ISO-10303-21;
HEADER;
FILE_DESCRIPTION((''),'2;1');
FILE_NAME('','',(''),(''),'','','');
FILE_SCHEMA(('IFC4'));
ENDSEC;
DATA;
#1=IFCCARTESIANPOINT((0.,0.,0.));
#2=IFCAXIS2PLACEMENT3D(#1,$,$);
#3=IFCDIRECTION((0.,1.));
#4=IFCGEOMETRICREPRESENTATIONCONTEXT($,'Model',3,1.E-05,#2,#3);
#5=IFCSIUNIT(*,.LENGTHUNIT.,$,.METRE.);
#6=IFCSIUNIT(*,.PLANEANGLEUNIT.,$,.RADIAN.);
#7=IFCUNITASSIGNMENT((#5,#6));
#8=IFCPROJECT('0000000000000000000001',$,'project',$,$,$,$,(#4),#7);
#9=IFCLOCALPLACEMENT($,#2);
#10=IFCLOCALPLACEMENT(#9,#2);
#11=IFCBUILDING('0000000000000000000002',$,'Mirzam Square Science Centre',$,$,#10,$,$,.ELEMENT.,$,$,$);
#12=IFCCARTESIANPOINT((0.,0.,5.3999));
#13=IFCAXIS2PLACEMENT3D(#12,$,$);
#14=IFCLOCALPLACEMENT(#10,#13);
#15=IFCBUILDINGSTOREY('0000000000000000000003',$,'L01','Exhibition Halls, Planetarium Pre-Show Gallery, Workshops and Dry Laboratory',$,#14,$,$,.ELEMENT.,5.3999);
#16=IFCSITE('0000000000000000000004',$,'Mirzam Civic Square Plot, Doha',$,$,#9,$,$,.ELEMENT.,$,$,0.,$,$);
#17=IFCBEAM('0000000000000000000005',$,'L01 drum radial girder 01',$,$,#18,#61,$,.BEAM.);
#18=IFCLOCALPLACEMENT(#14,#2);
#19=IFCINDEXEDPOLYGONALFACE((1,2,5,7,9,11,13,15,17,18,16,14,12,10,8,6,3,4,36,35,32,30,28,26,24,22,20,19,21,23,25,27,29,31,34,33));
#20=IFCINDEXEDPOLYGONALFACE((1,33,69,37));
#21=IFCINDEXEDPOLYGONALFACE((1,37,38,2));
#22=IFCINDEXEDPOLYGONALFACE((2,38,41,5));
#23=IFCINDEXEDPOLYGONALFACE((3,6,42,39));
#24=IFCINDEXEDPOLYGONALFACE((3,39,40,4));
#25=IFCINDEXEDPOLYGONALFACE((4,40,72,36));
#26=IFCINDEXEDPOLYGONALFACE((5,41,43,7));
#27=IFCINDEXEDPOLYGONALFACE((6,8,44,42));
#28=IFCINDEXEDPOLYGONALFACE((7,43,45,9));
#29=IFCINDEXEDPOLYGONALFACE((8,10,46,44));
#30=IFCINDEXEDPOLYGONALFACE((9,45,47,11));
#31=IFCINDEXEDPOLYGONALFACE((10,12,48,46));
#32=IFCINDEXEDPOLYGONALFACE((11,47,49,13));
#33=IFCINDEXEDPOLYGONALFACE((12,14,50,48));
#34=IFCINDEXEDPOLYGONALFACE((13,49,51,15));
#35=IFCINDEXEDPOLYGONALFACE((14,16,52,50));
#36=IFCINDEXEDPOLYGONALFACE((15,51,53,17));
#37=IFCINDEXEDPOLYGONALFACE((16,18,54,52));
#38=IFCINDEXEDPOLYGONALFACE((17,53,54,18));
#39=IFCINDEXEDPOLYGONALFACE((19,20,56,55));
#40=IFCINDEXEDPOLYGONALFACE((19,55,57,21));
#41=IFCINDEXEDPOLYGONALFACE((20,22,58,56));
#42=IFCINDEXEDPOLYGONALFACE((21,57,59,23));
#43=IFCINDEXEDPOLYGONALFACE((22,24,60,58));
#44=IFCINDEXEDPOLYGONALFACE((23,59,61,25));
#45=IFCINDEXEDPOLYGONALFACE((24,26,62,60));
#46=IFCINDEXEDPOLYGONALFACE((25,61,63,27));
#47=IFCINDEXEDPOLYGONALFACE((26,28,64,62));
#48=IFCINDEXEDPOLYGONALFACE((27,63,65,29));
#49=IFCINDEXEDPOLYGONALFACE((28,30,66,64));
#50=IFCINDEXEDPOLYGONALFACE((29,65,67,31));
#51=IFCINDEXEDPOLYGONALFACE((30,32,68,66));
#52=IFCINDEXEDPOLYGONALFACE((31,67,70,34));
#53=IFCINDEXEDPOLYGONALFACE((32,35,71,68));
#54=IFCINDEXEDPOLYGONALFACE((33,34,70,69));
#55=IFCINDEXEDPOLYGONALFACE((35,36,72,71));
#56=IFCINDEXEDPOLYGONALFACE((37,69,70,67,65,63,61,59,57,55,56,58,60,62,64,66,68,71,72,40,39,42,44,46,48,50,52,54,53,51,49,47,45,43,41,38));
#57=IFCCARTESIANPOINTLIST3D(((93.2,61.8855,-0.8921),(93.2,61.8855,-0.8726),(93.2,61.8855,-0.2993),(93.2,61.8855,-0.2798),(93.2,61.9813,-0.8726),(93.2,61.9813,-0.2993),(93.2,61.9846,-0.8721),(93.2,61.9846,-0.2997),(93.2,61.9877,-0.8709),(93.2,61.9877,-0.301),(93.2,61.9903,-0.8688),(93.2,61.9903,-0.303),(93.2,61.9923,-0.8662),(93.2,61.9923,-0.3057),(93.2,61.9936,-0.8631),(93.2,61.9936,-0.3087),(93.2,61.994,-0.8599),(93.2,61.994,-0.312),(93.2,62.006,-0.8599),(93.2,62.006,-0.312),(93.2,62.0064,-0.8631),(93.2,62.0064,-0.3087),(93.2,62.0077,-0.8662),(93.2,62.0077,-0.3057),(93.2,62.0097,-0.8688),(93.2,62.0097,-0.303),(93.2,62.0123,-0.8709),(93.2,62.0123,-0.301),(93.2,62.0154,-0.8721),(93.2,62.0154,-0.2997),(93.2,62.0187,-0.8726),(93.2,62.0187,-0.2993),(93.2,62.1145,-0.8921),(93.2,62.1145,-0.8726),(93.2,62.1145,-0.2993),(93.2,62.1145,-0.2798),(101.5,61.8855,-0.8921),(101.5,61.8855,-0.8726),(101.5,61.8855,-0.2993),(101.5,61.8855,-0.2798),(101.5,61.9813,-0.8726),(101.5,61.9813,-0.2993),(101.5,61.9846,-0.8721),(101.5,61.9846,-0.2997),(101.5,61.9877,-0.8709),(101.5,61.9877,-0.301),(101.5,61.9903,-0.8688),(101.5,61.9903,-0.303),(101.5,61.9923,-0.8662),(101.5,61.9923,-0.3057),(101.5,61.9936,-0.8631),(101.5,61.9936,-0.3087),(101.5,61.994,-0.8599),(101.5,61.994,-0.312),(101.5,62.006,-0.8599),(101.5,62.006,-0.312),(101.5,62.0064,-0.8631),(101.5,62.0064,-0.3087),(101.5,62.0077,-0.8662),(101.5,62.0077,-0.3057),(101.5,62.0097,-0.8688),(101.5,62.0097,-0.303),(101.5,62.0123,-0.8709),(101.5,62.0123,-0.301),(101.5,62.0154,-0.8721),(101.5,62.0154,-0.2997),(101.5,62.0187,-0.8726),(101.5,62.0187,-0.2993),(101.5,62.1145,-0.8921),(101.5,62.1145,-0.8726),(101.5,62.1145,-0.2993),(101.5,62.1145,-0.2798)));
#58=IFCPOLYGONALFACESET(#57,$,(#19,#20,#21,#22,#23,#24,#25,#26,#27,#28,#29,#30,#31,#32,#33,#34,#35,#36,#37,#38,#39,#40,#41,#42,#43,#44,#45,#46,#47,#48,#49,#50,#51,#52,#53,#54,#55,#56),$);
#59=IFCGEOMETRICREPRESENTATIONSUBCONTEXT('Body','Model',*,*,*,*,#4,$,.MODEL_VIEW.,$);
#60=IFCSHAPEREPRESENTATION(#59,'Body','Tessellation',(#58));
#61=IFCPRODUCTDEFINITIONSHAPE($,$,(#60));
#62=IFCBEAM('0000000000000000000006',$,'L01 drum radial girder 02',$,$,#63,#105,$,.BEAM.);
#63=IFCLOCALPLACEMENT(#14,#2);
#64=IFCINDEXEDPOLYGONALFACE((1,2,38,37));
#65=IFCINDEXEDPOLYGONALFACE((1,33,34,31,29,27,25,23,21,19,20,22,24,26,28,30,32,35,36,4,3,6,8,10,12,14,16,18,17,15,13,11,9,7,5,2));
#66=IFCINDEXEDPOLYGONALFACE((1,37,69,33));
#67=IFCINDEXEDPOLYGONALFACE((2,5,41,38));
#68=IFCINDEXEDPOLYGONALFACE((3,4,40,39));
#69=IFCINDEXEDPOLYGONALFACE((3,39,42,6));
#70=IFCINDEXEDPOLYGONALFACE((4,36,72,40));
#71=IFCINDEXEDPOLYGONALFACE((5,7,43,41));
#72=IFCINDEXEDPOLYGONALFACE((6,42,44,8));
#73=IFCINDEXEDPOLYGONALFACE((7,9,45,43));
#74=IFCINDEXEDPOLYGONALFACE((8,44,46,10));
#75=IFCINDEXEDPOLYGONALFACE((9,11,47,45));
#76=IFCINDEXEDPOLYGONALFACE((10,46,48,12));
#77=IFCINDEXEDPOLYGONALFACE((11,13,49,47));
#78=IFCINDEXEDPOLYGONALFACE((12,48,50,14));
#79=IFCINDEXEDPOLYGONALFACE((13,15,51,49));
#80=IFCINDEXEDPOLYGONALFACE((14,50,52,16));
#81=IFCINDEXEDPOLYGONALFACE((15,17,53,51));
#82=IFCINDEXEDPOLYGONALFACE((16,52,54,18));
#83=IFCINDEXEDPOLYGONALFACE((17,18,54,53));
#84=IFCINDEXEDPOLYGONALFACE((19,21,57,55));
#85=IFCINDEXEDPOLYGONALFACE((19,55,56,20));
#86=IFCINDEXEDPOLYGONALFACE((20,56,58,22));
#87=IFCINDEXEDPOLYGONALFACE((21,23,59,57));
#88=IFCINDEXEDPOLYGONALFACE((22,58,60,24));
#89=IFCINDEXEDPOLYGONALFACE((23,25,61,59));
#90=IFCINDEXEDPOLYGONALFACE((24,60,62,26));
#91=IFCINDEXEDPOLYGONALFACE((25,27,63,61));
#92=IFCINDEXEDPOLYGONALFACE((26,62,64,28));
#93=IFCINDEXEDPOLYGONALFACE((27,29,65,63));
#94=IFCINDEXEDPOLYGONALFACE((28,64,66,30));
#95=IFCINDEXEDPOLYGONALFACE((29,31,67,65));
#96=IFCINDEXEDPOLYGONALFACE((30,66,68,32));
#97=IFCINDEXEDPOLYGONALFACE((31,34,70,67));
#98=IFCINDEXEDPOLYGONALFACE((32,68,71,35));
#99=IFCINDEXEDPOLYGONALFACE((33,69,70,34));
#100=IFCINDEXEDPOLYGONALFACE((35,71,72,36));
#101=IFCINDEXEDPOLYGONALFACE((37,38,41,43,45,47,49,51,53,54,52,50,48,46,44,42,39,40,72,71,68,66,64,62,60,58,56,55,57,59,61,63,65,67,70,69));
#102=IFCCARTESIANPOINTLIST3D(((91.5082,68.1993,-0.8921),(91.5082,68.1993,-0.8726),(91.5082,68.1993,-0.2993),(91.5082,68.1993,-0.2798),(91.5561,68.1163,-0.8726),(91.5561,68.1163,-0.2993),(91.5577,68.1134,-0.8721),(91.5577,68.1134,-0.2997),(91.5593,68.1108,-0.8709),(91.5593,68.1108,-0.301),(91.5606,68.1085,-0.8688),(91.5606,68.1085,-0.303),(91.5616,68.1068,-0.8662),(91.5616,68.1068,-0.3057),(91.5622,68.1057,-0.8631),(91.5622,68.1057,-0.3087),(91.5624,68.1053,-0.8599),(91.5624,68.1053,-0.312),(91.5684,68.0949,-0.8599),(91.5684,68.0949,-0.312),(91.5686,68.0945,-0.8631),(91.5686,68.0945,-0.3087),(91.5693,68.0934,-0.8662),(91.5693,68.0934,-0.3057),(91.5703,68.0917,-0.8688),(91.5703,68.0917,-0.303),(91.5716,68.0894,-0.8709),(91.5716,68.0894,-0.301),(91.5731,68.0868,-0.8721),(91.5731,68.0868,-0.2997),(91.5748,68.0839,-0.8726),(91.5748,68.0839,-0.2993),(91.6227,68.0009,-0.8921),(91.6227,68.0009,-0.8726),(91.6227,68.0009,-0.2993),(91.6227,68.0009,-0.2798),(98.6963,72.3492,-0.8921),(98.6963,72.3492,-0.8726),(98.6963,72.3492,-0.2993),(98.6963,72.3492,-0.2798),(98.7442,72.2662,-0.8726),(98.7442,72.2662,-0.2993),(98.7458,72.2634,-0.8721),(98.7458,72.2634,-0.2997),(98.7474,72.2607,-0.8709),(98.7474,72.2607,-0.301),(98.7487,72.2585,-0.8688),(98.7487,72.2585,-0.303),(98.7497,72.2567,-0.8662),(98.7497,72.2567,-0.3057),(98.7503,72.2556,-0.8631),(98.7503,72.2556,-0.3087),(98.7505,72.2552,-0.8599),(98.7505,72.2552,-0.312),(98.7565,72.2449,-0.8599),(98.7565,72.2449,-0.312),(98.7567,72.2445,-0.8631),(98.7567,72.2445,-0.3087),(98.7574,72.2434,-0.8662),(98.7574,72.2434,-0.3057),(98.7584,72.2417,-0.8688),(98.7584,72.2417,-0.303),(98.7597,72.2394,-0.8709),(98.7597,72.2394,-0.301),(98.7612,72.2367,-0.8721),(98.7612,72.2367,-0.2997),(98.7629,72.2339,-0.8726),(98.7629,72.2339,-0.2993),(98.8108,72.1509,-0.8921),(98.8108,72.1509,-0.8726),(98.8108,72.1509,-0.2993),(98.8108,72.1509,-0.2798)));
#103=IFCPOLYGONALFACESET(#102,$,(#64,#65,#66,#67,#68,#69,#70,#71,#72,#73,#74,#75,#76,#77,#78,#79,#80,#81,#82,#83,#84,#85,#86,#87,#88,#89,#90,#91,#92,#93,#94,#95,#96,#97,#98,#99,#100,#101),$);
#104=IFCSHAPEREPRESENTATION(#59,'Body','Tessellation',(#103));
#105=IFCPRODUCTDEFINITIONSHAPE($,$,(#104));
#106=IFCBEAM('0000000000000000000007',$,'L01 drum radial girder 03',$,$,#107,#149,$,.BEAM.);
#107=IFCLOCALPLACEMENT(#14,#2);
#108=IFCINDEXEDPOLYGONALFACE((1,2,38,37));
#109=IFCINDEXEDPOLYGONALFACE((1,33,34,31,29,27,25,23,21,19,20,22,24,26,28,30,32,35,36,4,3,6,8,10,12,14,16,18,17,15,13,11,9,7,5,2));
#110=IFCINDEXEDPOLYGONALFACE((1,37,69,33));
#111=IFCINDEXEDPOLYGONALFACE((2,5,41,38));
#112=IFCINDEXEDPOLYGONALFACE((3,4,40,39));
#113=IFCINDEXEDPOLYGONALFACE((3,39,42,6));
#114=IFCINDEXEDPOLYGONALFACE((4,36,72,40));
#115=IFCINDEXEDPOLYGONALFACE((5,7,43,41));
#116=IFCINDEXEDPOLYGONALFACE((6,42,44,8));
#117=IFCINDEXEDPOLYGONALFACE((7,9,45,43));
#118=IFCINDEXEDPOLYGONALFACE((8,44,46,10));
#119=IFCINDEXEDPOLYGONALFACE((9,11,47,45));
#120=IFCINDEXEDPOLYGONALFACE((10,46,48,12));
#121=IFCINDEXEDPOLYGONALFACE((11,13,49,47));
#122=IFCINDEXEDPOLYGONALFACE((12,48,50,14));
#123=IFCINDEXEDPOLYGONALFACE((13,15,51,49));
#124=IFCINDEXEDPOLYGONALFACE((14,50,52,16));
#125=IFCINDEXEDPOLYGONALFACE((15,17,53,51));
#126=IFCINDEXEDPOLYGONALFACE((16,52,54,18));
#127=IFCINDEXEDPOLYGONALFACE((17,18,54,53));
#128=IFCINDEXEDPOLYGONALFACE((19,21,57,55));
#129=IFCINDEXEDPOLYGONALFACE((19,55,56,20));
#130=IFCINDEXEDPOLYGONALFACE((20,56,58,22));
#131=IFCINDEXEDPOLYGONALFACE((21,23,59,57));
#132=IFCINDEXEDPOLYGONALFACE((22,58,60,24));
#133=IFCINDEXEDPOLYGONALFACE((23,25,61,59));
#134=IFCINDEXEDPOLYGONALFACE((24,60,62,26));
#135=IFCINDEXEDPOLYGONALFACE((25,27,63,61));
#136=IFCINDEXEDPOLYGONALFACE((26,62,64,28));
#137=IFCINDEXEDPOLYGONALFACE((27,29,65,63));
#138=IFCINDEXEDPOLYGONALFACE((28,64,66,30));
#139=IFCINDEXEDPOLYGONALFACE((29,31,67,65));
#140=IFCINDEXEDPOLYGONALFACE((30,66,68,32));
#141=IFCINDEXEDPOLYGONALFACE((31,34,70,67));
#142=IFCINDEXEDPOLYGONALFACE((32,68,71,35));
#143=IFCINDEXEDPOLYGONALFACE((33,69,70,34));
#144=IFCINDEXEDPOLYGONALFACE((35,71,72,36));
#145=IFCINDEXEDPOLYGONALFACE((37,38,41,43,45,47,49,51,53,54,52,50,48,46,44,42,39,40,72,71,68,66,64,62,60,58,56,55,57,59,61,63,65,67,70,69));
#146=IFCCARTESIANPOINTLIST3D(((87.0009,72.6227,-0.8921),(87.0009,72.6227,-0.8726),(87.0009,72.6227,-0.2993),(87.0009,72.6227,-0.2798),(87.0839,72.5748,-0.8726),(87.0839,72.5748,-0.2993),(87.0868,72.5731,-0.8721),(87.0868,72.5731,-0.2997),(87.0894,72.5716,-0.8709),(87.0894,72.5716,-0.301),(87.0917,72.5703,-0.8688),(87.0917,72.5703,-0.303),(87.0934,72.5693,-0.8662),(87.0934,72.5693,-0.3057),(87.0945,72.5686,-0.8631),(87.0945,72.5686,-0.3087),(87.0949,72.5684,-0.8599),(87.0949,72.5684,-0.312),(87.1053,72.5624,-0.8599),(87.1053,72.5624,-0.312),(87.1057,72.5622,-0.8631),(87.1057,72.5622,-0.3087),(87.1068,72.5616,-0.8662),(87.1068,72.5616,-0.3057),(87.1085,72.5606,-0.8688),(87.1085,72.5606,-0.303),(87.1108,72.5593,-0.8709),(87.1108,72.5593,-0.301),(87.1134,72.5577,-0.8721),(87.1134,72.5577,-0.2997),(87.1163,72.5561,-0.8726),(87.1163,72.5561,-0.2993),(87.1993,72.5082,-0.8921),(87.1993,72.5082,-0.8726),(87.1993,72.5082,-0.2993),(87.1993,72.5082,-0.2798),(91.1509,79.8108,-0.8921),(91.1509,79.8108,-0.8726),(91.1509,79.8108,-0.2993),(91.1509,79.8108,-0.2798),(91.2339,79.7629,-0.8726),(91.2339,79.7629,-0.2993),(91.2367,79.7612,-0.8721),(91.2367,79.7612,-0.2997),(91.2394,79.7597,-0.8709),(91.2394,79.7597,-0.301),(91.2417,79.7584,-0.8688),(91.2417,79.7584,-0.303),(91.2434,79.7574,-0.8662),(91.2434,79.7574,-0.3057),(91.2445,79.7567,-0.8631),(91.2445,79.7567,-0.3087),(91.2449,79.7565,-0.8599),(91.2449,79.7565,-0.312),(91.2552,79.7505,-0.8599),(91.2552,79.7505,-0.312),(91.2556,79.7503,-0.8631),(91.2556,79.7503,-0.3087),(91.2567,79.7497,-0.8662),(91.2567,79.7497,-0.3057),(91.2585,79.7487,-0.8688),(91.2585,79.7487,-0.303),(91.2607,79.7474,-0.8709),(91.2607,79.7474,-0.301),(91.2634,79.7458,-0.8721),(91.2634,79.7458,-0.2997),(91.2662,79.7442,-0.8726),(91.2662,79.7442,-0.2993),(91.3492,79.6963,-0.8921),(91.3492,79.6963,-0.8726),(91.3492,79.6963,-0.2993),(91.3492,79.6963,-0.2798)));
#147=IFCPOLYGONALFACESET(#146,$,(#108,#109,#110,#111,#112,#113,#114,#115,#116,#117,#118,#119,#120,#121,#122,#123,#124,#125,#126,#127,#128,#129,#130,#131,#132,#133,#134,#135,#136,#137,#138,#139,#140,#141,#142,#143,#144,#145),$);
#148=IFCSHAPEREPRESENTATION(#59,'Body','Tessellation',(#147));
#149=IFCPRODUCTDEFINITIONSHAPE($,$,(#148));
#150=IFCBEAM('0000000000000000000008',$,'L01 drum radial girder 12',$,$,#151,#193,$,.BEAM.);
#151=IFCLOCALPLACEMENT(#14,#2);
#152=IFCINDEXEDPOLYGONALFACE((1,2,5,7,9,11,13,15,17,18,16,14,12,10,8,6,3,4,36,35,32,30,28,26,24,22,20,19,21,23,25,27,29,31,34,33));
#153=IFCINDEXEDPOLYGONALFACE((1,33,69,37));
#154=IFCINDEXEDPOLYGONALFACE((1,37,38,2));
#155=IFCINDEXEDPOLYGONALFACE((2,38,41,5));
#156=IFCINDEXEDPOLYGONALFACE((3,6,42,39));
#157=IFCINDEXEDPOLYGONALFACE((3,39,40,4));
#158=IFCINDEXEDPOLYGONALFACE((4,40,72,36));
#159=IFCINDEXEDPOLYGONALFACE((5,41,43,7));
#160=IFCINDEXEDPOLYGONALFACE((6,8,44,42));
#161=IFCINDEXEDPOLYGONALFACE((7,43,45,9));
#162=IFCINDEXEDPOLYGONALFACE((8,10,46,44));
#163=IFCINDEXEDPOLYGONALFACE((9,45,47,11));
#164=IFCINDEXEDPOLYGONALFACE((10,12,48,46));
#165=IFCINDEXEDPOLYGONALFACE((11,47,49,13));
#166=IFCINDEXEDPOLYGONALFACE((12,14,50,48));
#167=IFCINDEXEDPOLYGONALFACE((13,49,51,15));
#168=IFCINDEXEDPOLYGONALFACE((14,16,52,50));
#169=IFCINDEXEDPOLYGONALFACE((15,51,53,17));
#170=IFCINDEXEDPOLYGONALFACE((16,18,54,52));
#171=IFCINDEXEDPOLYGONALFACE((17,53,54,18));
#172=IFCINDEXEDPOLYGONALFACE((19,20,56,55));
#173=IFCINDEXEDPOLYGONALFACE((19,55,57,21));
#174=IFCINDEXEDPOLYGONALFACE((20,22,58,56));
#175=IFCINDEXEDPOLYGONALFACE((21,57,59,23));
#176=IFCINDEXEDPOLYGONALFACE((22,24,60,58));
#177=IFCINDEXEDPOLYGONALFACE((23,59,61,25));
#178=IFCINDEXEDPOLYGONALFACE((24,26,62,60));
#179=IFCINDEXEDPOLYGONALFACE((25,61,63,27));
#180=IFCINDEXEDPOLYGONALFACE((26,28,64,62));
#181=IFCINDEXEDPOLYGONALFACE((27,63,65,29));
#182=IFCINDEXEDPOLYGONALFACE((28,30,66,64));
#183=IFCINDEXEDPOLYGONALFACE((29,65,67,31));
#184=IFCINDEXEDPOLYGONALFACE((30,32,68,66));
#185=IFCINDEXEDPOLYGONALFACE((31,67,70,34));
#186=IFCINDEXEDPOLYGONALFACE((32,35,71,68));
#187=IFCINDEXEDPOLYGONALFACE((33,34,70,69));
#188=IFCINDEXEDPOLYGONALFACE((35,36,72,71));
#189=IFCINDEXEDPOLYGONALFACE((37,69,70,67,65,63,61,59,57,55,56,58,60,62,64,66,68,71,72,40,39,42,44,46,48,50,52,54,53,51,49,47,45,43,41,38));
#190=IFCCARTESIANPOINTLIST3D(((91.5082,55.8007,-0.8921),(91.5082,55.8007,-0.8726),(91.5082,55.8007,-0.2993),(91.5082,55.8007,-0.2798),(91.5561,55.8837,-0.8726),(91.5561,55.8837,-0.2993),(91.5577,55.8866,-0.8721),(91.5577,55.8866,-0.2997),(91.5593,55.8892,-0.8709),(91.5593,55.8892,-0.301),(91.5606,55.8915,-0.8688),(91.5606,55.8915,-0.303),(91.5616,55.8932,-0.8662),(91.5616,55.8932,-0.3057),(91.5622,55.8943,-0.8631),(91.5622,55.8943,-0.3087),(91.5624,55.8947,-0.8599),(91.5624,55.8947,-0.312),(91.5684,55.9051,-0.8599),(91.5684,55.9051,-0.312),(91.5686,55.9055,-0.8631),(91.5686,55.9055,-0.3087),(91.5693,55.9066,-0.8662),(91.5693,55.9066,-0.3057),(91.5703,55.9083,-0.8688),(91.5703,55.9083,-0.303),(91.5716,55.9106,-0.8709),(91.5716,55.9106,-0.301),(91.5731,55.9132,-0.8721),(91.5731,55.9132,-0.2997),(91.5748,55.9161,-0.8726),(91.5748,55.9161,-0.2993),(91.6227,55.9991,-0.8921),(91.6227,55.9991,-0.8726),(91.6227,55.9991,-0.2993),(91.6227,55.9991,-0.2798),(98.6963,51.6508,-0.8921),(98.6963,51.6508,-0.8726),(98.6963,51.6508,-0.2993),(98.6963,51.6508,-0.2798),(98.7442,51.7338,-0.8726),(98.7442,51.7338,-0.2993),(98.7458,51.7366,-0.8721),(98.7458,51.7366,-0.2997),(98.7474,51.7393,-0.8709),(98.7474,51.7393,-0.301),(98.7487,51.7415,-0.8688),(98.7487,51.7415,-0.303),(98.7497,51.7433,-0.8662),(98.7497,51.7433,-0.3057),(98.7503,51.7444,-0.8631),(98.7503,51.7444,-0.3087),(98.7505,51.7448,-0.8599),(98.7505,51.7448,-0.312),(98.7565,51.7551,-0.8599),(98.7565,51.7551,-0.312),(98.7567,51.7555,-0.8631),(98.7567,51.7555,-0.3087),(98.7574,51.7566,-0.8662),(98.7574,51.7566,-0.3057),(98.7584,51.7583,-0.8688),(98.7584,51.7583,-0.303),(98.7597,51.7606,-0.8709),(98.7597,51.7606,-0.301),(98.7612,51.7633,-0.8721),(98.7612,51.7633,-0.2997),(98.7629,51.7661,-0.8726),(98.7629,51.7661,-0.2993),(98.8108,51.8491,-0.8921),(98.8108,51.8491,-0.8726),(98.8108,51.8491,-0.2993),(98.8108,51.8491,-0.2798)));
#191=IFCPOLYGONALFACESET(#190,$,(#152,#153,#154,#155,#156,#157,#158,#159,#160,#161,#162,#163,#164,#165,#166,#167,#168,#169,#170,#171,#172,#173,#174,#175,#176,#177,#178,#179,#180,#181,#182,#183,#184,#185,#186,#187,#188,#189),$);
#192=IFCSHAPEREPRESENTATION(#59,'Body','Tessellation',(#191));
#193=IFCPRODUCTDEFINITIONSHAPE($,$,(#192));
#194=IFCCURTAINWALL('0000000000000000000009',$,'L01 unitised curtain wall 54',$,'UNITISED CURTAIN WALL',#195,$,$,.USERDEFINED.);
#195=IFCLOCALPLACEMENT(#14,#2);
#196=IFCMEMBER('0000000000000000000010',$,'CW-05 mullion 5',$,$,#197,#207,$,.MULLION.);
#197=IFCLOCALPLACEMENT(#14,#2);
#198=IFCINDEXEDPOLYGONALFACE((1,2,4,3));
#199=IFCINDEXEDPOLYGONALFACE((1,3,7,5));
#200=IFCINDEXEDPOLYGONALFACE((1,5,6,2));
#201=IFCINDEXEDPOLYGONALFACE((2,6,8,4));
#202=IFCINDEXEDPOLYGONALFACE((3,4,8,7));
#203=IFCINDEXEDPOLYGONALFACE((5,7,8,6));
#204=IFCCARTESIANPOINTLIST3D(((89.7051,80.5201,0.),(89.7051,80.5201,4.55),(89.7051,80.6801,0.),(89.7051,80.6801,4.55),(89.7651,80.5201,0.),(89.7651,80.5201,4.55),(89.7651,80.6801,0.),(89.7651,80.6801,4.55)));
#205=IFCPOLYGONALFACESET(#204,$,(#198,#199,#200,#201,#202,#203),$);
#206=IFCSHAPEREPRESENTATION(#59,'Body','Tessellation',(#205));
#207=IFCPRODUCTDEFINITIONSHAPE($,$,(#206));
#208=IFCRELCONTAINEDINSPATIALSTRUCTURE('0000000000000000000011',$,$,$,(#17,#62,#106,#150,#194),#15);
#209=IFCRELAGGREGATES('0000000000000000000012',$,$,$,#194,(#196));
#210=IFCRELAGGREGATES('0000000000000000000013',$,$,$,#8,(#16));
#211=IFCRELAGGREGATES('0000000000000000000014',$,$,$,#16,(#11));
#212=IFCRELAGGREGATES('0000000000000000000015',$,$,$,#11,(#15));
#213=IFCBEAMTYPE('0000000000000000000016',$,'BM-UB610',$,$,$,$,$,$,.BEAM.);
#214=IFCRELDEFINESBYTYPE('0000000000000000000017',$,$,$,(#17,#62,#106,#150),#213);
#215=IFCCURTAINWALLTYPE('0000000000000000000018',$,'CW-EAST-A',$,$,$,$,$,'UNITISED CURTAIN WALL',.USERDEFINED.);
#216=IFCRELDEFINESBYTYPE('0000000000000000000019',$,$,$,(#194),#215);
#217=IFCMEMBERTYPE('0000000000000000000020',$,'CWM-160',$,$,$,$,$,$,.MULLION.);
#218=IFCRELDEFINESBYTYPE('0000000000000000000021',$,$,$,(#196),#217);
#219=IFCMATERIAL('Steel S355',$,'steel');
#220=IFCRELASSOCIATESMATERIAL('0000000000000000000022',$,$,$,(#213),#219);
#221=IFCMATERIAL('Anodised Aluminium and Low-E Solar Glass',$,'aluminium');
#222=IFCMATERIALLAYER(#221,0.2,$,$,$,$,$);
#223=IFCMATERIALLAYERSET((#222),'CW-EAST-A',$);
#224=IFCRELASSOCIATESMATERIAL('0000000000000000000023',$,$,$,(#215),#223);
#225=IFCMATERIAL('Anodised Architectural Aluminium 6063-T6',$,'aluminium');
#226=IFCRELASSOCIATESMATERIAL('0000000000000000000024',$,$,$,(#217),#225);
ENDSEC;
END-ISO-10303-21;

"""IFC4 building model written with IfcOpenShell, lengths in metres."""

from ifc_helpers import new_model, si_unit, direction, frame, origin, origin_2d, place, context, subcontext, project, spatial, rectangle, i_section, extrude, material, layer, layer_set, material_profile, profile_set, type_object, element, aggregate, save


model = new_model("IFC4")

# Units and contexts
model_context = context("Model", 3, precision=1e-05, world=origin(), true_north=direction((0.0, 1.0)))
body_context = subcontext(model_context, "Body", "Model", "MODEL_VIEW")
ifc_project = project(units=[si_unit("LENGTHUNIT", "METRE"), si_unit("PLANEANGLEUNIT", "RADIAN")], contexts=[model_context])

# Site, building, storey
site_placement = place(None, origin())
site = spatial("IfcSite", under=ifc_project, at=site_placement, Name="Mirzam Civic Square Plot, Doha", CompositionType="ELEMENT", RefElevation=0.0)
building_placement = place(site_placement, origin())
building = spatial("IfcBuilding", under=site, at=building_placement, Name="Mirzam Square Science Centre", CompositionType="ELEMENT")
storey_placement = place(building_placement, frame((0.0, 0.0, 5.3999)))
storey = spatial("IfcBuildingStorey", under=building, at=storey_placement, Name="L01", Description="Exhibition Halls, Planetarium Pre-Show Gallery, Workshops and Dry Laboratory", CompositionType="ELEMENT", Elevation=5.3999)

# Shared definitions
ifc_material_1 = material(Name="Steel S355", Category="steel")

# Beams
ifc_material_profile_1 = material_profile(ifc_material_1, i_section(OverallWidth=0.229, OverallDepth=0.6123, WebThickness=0.012, FlangeThickness=0.0195, FilletRadius=0.0127, at=origin_2d()), Name="610x229x125UB")
ifc_profile_set_1 = profile_set([ifc_material_profile_1], Name="Steel S355")
beam_type_1 = type_object("IfcBeamType", Name="BM-UB610", PredefinedType="BEAM", material=ifc_profile_set_1)
for number, where, z_axis, x_axis, name in (
    (1, (93.2, 62.0, -0.5859), (1.0, 0.0, 0.0), (0.0, 1.0, 0.0), "L01 drum radial girder 01"),
    (2, (91.5654, 68.1001, -0.5859), (0.86603, 0.499992, 0.0), (-0.499992, 0.86603, 0.0), "L01 drum radial girder 02"),
    (3, (87.1001, 72.5654, -0.5859), (0.499992, 0.86603, 0.0), (-0.86603, 0.499992, 0.0), "L01 drum radial girder 03"),
    (4, (91.5654, 55.8999, -0.5859), (0.86603, -0.499992, 0.0), (0.499992, 0.86603, 0.0), "L01 drum radial girder 12"),
):
    element("IfcBeam", number, at=place(storey_placement, frame(where, z_axis=z_axis, x_axis=x_axis)), inside=storey, type_object=beam_type_1, Name=name, PredefinedType="BEAM", context=body_context, shape_type="SweptSolid", body=[
        extrude(i_section(OverallWidth=0.229, OverallDepth=0.6123, WebThickness=0.012, FlangeThickness=0.0195, FilletRadius=0.0127, at=origin_2d()), origin(), (0.0, 0.0, 1.0), 8.3),
    ])

# Curtain wall, member
ifc_material_2 = material(Name="Anodised Aluminium and Low-E Solar Glass", Category="aluminium")
ifc_layer_1 = layer(ifc_material_2, 0.2)
ifc_layer_set_1 = layer_set([ifc_layer_1], Name="CW-EAST-A")
curtain_wall_type = type_object("IfcCurtainWallType", Name="CW-EAST-A", ElementType="UNITISED CURTAIN WALL", PredefinedType="USERDEFINED", material=ifc_layer_set_1)
curtain_wall_placement = place(storey_placement, origin())
curtain_wall = element("IfcCurtainWall", 5, at=curtain_wall_placement, inside=storey, type_object=curtain_wall_type, Name="L01 unitised curtain wall 54", ObjectType="UNITISED CURTAIN WALL", PredefinedType="USERDEFINED")
ifc_material_3 = material(Name="Anodised Architectural Aluminium 6063-T6", Category="aluminium")
ifc_material_profile_2 = material_profile(ifc_material_3, rectangle(XDim=0.0601, YDim=0.1599, at=origin_2d()), Name="ALU-MULL-160x60x4")
ifc_profile_set_2 = profile_set([ifc_material_profile_2], Name="Anodised Architectural Aluminium 6063-T6")
member_type = type_object("IfcMemberType", Name="CWM-160", PredefinedType="MULLION", material=ifc_profile_set_2)
member_placement = place(storey_placement, frame((89.7351, 80.6001, 0.0), z_axis=(0.0, 0.0, 1.0), x_axis=(-1.0, 0.0, 0.0)))
member = element("IfcMember", 6, at=member_placement, type_object=member_type, Name="CW-05 mullion 5", PredefinedType="MULLION", context=body_context, shape_type="SweptSolid", body=[
    extrude(rectangle(XDim=0.0601, YDim=0.1599, at=origin_2d()), origin(), (0.0, 0.0, 1.0), 4.55),
])
aggregate(curtain_wall, [member])

save(model, "model.ifc")
